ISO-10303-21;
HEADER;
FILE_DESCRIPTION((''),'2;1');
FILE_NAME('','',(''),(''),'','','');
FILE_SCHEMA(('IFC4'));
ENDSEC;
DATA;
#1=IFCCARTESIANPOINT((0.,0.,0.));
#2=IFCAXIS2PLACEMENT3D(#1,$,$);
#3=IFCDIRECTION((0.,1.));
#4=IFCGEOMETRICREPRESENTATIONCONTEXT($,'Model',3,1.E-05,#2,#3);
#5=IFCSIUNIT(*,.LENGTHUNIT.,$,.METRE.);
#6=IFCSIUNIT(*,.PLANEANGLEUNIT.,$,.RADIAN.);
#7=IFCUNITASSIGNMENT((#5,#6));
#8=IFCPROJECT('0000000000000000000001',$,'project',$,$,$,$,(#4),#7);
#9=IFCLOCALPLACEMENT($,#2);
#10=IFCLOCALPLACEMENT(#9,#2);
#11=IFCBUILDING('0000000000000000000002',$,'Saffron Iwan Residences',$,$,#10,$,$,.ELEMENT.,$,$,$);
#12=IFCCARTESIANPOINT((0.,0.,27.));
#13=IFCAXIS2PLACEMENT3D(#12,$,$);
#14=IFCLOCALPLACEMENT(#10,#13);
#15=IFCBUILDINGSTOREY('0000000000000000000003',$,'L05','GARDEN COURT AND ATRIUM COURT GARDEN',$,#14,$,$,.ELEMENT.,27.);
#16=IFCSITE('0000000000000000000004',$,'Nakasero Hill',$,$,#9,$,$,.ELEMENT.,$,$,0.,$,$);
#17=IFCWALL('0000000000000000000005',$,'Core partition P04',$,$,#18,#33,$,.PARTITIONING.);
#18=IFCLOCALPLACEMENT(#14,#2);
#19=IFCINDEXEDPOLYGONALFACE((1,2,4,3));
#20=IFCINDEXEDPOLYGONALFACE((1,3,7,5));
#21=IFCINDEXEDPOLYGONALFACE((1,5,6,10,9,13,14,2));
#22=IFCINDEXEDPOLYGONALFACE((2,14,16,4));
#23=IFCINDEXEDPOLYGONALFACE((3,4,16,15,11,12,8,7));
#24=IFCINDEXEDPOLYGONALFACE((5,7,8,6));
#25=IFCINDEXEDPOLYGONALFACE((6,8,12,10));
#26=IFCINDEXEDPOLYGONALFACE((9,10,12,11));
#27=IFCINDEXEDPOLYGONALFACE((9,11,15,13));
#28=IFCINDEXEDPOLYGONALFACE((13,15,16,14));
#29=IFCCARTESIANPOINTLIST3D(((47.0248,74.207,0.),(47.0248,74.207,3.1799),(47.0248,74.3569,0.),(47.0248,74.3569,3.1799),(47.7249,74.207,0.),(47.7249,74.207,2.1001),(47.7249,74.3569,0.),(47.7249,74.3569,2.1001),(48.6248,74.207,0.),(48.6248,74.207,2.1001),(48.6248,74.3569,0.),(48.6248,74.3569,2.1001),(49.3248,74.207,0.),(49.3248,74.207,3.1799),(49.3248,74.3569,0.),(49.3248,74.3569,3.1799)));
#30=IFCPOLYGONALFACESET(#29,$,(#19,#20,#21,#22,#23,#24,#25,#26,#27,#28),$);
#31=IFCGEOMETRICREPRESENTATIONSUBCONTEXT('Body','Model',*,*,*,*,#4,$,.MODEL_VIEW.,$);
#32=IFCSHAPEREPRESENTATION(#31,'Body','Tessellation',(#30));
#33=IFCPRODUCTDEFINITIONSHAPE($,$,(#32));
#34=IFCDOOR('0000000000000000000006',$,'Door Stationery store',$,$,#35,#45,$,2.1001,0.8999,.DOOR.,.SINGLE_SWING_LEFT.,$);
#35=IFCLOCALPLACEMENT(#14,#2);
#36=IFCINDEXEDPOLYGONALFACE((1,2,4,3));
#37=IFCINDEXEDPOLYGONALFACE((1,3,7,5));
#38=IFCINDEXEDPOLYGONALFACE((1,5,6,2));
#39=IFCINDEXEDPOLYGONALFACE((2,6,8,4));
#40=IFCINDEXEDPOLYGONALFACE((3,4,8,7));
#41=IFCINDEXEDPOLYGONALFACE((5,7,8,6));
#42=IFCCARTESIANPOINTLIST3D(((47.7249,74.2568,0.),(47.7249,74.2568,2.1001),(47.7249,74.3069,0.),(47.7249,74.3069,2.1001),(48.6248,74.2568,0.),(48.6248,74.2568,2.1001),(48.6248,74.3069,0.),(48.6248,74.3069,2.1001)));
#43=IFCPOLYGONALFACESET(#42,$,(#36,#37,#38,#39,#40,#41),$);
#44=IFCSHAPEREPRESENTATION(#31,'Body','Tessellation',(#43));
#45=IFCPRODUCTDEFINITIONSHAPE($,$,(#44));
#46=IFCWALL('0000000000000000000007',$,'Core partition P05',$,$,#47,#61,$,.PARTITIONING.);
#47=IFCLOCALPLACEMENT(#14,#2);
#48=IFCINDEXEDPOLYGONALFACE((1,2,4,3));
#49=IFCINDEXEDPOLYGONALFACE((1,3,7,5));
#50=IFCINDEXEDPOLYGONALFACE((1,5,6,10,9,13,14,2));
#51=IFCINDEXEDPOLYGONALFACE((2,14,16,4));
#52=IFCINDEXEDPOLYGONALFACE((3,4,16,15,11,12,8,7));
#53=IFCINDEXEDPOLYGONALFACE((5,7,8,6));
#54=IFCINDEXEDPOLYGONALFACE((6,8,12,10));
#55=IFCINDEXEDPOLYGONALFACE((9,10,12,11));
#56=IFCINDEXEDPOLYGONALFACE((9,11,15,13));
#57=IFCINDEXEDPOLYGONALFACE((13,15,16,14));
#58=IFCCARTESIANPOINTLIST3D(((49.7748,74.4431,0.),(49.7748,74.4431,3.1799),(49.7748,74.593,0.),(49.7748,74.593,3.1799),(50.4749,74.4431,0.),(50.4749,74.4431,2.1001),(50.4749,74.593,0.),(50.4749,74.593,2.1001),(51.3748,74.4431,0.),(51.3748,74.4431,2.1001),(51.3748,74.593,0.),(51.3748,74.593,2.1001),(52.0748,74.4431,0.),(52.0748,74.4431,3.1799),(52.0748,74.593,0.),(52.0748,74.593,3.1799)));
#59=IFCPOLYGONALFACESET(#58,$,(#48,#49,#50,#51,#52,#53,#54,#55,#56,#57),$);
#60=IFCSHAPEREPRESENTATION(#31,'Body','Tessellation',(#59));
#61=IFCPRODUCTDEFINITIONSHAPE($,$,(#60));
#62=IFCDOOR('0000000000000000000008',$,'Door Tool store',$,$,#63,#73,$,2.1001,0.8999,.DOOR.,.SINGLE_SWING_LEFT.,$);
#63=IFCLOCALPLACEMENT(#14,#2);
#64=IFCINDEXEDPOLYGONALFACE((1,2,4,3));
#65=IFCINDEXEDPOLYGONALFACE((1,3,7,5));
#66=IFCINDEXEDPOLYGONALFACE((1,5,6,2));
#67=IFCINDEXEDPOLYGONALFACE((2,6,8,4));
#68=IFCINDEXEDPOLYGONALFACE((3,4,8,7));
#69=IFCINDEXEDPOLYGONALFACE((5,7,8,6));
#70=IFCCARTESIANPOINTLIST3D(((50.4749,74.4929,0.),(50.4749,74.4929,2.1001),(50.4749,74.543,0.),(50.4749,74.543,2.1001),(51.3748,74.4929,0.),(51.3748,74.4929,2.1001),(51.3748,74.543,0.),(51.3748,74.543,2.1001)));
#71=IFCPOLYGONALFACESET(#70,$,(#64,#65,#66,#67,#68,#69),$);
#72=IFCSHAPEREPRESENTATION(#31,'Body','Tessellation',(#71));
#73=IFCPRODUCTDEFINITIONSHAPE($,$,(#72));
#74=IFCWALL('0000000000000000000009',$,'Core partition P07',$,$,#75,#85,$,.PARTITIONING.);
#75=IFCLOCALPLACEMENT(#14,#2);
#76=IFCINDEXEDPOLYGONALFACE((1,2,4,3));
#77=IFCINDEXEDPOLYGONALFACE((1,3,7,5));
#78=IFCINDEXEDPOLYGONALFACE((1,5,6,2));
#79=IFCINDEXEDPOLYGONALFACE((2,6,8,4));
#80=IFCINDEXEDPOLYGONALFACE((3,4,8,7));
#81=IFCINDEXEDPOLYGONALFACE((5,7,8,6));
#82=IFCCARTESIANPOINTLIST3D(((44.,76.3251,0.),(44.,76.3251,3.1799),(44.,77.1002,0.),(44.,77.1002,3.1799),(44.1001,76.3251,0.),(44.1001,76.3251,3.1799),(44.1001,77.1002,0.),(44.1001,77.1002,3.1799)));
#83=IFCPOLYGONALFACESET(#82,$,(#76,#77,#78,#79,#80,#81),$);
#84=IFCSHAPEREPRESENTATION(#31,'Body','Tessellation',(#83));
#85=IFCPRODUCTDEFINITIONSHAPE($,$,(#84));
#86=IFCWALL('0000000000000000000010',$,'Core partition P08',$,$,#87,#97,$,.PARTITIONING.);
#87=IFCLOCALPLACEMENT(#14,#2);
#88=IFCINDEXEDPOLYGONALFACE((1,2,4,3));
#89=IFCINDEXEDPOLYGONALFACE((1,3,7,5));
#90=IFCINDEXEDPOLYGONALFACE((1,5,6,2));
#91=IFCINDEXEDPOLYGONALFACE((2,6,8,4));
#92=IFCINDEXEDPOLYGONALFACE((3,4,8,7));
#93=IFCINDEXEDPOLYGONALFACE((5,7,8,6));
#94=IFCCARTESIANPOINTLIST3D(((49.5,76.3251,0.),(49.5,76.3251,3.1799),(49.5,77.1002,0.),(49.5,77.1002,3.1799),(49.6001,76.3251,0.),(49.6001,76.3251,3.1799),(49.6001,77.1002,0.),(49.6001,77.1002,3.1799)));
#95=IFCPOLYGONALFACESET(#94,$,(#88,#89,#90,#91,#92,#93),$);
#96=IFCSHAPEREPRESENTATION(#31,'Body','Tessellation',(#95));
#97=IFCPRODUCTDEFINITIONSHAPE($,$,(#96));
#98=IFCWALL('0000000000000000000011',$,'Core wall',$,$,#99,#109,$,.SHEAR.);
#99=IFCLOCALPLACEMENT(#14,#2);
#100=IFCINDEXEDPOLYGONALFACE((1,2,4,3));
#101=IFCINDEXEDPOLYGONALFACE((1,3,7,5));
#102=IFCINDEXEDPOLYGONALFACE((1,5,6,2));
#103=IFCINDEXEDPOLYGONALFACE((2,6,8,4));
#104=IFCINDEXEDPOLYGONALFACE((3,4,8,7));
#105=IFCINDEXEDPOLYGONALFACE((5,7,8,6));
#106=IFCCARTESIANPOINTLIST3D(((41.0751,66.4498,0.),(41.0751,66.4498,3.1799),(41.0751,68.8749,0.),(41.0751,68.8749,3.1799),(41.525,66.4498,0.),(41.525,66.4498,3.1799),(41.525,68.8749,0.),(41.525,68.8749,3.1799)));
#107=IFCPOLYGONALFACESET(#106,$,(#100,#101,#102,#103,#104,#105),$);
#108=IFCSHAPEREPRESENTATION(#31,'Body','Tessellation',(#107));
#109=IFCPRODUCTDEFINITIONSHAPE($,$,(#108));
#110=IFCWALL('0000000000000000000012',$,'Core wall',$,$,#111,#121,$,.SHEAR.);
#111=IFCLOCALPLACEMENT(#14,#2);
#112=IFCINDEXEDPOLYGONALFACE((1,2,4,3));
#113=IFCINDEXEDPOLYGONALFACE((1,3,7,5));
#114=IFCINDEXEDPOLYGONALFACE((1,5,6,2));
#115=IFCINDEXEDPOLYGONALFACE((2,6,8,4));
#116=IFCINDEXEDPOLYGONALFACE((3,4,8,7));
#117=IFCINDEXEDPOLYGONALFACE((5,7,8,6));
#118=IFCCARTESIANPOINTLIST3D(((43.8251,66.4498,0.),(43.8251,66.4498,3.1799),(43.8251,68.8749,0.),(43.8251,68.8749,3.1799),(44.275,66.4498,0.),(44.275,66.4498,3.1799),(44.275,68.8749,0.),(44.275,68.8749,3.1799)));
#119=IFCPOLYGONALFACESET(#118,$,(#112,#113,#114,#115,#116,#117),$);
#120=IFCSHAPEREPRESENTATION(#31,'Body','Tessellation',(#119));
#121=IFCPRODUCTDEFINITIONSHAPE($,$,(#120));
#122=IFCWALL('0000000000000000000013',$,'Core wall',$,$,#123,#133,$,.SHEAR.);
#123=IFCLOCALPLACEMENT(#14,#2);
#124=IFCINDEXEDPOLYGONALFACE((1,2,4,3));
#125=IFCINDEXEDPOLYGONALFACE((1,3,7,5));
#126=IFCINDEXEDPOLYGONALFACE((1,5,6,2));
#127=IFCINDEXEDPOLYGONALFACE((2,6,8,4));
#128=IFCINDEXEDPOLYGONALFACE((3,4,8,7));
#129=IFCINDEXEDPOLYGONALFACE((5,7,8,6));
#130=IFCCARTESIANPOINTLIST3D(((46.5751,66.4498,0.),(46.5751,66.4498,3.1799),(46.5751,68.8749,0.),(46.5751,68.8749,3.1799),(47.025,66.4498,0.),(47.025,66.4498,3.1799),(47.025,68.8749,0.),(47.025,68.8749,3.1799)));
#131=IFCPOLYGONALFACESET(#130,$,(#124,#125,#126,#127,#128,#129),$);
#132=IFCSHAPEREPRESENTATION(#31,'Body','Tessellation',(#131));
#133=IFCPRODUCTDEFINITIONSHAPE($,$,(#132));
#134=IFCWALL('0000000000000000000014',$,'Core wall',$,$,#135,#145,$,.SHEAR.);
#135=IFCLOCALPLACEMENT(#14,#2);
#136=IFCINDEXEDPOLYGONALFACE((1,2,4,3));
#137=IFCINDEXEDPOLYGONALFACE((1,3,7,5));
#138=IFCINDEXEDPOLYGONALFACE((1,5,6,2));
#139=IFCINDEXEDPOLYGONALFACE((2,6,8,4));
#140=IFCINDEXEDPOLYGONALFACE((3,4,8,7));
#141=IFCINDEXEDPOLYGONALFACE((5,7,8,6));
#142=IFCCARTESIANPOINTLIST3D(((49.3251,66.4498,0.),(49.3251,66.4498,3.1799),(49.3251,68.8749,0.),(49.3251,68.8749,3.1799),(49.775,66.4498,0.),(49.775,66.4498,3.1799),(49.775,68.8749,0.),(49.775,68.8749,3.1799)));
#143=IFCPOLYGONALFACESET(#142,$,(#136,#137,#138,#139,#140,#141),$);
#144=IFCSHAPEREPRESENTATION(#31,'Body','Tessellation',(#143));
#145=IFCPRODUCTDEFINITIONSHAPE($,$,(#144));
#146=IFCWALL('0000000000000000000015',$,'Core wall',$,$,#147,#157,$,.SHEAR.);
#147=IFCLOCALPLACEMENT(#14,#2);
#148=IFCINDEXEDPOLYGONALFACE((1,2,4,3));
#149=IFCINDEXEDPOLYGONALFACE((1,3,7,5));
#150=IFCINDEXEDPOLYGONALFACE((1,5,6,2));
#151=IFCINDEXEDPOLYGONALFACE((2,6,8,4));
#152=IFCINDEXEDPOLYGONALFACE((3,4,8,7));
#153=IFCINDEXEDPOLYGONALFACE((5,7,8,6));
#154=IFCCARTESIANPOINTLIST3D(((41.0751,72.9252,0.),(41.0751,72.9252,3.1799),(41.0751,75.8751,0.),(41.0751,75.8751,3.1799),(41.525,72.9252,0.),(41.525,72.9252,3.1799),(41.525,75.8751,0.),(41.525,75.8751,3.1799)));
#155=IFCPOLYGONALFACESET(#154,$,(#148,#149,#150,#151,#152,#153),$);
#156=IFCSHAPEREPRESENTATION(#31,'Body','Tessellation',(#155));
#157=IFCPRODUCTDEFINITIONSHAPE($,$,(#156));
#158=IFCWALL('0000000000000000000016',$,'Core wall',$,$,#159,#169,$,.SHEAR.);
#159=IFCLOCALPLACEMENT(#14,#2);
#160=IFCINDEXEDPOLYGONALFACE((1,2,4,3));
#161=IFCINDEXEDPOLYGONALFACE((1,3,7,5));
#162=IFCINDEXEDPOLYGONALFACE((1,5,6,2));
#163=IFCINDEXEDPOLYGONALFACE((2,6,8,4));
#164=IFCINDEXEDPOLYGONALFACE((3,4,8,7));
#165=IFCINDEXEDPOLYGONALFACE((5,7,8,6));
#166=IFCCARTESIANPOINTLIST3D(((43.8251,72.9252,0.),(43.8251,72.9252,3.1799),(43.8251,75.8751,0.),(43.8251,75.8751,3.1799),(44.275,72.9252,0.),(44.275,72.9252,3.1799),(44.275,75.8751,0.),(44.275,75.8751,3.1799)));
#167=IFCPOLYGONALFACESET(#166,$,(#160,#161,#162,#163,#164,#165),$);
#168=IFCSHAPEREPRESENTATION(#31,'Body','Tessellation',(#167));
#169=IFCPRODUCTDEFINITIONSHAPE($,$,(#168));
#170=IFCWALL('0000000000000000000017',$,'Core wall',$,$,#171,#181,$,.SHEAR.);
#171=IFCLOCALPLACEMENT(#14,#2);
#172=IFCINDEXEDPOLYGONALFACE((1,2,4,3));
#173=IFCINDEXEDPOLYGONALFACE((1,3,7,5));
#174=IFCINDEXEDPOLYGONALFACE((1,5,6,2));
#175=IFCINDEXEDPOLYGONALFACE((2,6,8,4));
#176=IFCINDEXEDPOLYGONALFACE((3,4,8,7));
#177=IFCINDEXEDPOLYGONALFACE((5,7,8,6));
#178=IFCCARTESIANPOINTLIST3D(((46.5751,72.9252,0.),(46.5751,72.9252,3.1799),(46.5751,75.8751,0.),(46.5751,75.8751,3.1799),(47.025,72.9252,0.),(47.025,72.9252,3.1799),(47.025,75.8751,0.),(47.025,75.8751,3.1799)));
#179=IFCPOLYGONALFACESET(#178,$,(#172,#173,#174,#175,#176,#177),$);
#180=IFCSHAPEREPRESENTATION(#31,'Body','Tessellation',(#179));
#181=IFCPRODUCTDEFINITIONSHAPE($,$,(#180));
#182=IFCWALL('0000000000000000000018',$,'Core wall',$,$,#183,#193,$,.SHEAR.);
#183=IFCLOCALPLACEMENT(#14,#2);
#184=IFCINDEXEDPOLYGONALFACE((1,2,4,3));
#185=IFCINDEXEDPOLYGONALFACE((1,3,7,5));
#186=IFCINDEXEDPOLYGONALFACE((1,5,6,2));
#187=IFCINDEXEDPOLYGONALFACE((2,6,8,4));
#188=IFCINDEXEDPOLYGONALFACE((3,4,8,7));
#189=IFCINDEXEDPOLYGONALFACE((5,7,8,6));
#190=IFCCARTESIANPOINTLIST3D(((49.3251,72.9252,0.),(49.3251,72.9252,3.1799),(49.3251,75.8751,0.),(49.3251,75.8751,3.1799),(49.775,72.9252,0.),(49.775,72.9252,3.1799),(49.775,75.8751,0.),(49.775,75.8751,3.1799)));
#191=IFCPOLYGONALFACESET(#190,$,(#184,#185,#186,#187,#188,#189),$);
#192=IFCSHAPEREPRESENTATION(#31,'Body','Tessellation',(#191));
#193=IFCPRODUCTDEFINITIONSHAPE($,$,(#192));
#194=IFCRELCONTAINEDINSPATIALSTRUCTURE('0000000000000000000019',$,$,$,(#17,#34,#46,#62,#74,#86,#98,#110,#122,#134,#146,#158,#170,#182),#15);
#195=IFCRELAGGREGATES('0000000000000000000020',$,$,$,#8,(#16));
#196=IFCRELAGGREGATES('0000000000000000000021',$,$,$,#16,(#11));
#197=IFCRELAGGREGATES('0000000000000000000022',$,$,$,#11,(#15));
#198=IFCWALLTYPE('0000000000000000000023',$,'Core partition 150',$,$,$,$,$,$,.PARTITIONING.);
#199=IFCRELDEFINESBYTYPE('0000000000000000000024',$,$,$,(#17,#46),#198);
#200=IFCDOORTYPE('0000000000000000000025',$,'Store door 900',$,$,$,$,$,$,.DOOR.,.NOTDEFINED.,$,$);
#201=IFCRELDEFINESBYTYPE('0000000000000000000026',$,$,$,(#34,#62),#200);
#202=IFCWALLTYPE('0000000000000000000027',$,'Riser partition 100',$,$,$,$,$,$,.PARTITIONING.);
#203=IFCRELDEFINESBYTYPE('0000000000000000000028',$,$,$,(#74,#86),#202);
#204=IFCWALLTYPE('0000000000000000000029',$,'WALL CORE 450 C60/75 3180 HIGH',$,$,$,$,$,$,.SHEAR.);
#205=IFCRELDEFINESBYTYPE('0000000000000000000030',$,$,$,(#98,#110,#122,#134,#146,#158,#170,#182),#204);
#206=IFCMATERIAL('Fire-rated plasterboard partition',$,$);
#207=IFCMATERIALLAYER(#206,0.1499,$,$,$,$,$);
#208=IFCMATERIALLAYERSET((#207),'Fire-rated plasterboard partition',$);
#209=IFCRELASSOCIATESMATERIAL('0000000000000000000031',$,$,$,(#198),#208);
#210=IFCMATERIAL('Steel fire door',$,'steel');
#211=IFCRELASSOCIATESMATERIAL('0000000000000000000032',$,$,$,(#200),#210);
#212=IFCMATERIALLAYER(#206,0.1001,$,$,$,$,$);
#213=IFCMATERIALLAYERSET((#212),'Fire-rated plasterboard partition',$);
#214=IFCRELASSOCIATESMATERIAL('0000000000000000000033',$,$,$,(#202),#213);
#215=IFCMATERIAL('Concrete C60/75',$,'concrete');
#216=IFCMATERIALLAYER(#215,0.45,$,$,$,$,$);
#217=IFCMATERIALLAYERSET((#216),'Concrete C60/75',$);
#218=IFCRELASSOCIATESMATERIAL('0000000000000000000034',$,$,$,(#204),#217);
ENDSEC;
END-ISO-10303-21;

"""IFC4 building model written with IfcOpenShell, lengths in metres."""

from ifc_helpers import new_model, si_unit, direction, frame, frame_2d, origin, place, context, subcontext, project, spatial, rectangle, extrude, material, layer, layer_set, type_object, element, fill, save


model = new_model("IFC4")

# Units and contexts
model_context = context("Model", 3, precision=1e-05, world=origin(), true_north=direction((0.0, 1.0)))
body_context = subcontext(model_context, "Body", "Model", "MODEL_VIEW")
ifc_project = project(units=[si_unit("LENGTHUNIT", "METRE"), si_unit("PLANEANGLEUNIT", "RADIAN")], contexts=[model_context])

# Site, building, storey
site_placement = place(None, origin())
site = spatial("IfcSite", under=ifc_project, at=site_placement, Name="Nakasero Hill", CompositionType="ELEMENT", RefElevation=0.0)
building_placement = place(site_placement, origin())
building = spatial("IfcBuilding", under=site, at=building_placement, Name="Saffron Iwan Residences", CompositionType="ELEMENT")
storey_placement = place(building_placement, frame((0.0, 0.0, 27.0)))
storey = spatial("IfcBuildingStorey", under=building, at=storey_placement, Name="L05", Description="GARDEN COURT AND ATRIUM COURT GARDEN", CompositionType="ELEMENT", Elevation=27.0)

# Shared definitions
ifc_material_1 = material(Name="Concrete C60/75", Category="concrete")

# Walls, openings, doors
ifc_material_2 = material(Name="Fire-rated plasterboard partition")
ifc_layer_1 = layer(ifc_material_2, 0.1499)
ifc_layer_set_1 = layer_set([ifc_layer_1], Name="Fire-rated plasterboard partition")
wall_type_1 = type_object("IfcWallType", Name="Core partition 150", PredefinedType="PARTITIONING", material=ifc_layer_set_1)
ifc_material_3 = material(Name="Steel fire door", Category="steel")
door_type = type_object("IfcDoorType", Name="Store door 900", OperationType="NOTDEFINED", PredefinedType="DOOR", material=ifc_material_3)
wall_1_placement = place(storey_placement, frame((47.0249, 74.282, 0.0), z_axis=(0.0, 0.0, 1.0), x_axis=(1.0, 0.0, 0.0)))
wall_1 = element("IfcWall", 1, at=wall_1_placement, inside=storey, type_object=wall_type_1, Name="Core partition P04", PredefinedType="PARTITIONING", context=body_context, shape_type="SweptSolid", body=[
    extrude(rectangle(XDim=2.3, YDim=0.1499, at=frame_2d((1.1499, 0.0))), origin(), (0.0, 0.0, 1.0), 3.1799),
])
opening_1_placement = place(wall_1_placement, frame((0.7, 0.0, 0.0)))
opening_1 = element("IfcOpeningElement", 2, at=opening_1_placement, cuts=wall_1, PredefinedType="OPENING", context=body_context, shape_type="SweptSolid", body=[
    extrude(rectangle(XDim=0.8999, YDim=2.1001, at=frame_2d((0.45, 1.05))), frame((0.0, 0.085, 0.0), z_axis=(0.0, -1.0, 0.0), x_axis=(1.0, 0.0, 0.0)), (0.0, 0.0, 1.0), 0.1699),
])
door_1_placement = place(opening_1_placement, origin())
door_1 = element("IfcDoor", 3, at=door_1_placement, inside=storey, type_object=door_type, Name="Door Stationery store", OperationType="SINGLE_SWING_LEFT", OverallHeight=2.1001, OverallWidth=0.8999, PredefinedType="DOOR", context=body_context, shape_type="SweptSolid", body=[
    extrude(rectangle(XDim=0.8999, YDim=2.1001, at=frame_2d((0.45, 1.05))), frame((0.0, 0.0249, 0.0), z_axis=(0.0, -1.0, 0.0), x_axis=(1.0, 0.0, 0.0)), (0.0, 0.0, 1.0), 0.05),
])
fill(opening_1, door_1)
wall_2_placement = place(storey_placement, frame((49.7749, 74.5181, 0.0), z_axis=(0.0, 0.0, 1.0), x_axis=(1.0, 0.0, 0.0)))
wall_2 = element("IfcWall", 4, at=wall_2_placement, inside=storey, type_object=wall_type_1, Name="Core partition P05", PredefinedType="PARTITIONING", context=body_context, shape_type="SweptSolid", body=[
    extrude(rectangle(XDim=2.3, YDim=0.1499, at=frame_2d((1.1499, 0.0))), origin(), (0.0, 0.0, 1.0), 3.1799),
])
opening_2_placement = place(wall_2_placement, frame((0.7, 0.0, 0.0)))
opening_2 = element("IfcOpeningElement", 5, at=opening_2_placement, cuts=wall_2, PredefinedType="OPENING", context=body_context, shape_type="SweptSolid", body=[
    extrude(rectangle(XDim=0.8999, YDim=2.1001, at=frame_2d((0.45, 1.05))), frame((0.0, 0.085, 0.0), z_axis=(0.0, -1.0, 0.0), x_axis=(1.0, 0.0, 0.0)), (0.0, 0.0, 1.0), 0.1699),
])
door_2_placement = place(opening_2_placement, origin())
door_2 = element("IfcDoor", 6, at=door_2_placement, inside=storey, type_object=door_type, Name="Door Tool store", OperationType="SINGLE_SWING_LEFT", OverallHeight=2.1001, OverallWidth=0.8999, PredefinedType="DOOR", context=body_context, shape_type="SweptSolid", body=[
    extrude(rectangle(XDim=0.8999, YDim=2.1001, at=frame_2d((0.45, 1.05))), frame((0.0, 0.0249, 0.0), z_axis=(0.0, -1.0, 0.0), x_axis=(1.0, 0.0, 0.0)), (0.0, 0.0, 1.0), 0.05),
])
fill(opening_2, door_2)

# Walls
ifc_layer_2 = layer(ifc_material_2, 0.1001)
ifc_layer_set_2 = layer_set([ifc_layer_2], Name="Fire-rated plasterboard partition")
wall_type_2 = type_object("IfcWallType", Name="Riser partition 100", PredefinedType="PARTITIONING", material=ifc_layer_set_2)
for number, where, z_axis, x_axis, name in (
    (7, (44.05, 76.325, 0.0), (0.0, 0.0, 1.0), (0.0, 1.0, 0.0), "Core partition P07"),
    (8, (49.55, 76.325, 0.0), (0.0, 0.0, 1.0), (0.0, 1.0, 0.0), "Core partition P08"),
):
    element("IfcWall", number, at=place(storey_placement, frame(where, z_axis=z_axis, x_axis=x_axis)), inside=storey, type_object=wall_type_2, Name=name, PredefinedType="PARTITIONING", context=body_context, shape_type="SweptSolid", body=[
        extrude(rectangle(XDim=0.7751, YDim=0.1001, at=frame_2d((0.3877, 0.0))), origin(), (0.0, 0.0, 1.0), 3.1799),
    ])
ifc_layer_3 = layer(ifc_material_1, 0.45)
ifc_layer_set_3 = layer_set([ifc_layer_3], Name="Concrete C60/75")
wall_type_3 = type_object("IfcWallType", Name="WALL CORE 450 C60/75 3180 HIGH", PredefinedType="SHEAR", material=ifc_layer_set_3)
for number, where, z_axis, x_axis, name in (
    (9, (41.3, 66.45, 0.0), (0.0, 0.0, 1.0), (0.0, 1.0, 0.0), "Core wall"),
    (10, (44.05, 66.45, 0.0), (0.0, 0.0, 1.0), (0.0, 1.0, 0.0), "Core wall"),
    (11, (46.8, 66.45, 0.0), (0.0, 0.0, 1.0), (0.0, 1.0, 0.0), "Core wall"),
    (12, (49.55, 66.45, 0.0), (0.0, 0.0, 1.0), (0.0, 1.0, 0.0), "Core wall"),
):
    element("IfcWall", number, at=place(storey_placement, frame(where, z_axis=z_axis, x_axis=x_axis)), inside=storey, type_object=wall_type_3, Name=name, PredefinedType="SHEAR", context=body_context, shape_type="SweptSolid", body=[
        extrude(rectangle(XDim=2.425, YDim=0.45, at=frame_2d((1.2124, 0.0))), origin(), (0.0, 0.0, 1.0), 3.1799),
    ])
for number, where, z_axis, x_axis, name in (
    (13, (41.3, 72.925, 0.0), (0.0, 0.0, 1.0), (0.0, 1.0, 0.0), "Core wall"),
    (14, (44.05, 72.925, 0.0), (0.0, 0.0, 1.0), (0.0, 1.0, 0.0), "Core wall"),
    (15, (46.8, 72.925, 0.0), (0.0, 0.0, 1.0), (0.0, 1.0, 0.0), "Core wall"),
    (16, (49.55, 72.925, 0.0), (0.0, 0.0, 1.0), (0.0, 1.0, 0.0), "Core wall"),
):
    element("IfcWall", number, at=place(storey_placement, frame(where, z_axis=z_axis, x_axis=x_axis)), inside=storey, type_object=wall_type_3, Name=name, PredefinedType="SHEAR", context=body_context, shape_type="SweptSolid", body=[
        extrude(rectangle(XDim=2.95, YDim=0.45, at=frame_2d((1.4751, 0.0))), origin(), (0.0, 0.0, 1.0), 3.1799),
    ])

save(model, "model.ifc")
